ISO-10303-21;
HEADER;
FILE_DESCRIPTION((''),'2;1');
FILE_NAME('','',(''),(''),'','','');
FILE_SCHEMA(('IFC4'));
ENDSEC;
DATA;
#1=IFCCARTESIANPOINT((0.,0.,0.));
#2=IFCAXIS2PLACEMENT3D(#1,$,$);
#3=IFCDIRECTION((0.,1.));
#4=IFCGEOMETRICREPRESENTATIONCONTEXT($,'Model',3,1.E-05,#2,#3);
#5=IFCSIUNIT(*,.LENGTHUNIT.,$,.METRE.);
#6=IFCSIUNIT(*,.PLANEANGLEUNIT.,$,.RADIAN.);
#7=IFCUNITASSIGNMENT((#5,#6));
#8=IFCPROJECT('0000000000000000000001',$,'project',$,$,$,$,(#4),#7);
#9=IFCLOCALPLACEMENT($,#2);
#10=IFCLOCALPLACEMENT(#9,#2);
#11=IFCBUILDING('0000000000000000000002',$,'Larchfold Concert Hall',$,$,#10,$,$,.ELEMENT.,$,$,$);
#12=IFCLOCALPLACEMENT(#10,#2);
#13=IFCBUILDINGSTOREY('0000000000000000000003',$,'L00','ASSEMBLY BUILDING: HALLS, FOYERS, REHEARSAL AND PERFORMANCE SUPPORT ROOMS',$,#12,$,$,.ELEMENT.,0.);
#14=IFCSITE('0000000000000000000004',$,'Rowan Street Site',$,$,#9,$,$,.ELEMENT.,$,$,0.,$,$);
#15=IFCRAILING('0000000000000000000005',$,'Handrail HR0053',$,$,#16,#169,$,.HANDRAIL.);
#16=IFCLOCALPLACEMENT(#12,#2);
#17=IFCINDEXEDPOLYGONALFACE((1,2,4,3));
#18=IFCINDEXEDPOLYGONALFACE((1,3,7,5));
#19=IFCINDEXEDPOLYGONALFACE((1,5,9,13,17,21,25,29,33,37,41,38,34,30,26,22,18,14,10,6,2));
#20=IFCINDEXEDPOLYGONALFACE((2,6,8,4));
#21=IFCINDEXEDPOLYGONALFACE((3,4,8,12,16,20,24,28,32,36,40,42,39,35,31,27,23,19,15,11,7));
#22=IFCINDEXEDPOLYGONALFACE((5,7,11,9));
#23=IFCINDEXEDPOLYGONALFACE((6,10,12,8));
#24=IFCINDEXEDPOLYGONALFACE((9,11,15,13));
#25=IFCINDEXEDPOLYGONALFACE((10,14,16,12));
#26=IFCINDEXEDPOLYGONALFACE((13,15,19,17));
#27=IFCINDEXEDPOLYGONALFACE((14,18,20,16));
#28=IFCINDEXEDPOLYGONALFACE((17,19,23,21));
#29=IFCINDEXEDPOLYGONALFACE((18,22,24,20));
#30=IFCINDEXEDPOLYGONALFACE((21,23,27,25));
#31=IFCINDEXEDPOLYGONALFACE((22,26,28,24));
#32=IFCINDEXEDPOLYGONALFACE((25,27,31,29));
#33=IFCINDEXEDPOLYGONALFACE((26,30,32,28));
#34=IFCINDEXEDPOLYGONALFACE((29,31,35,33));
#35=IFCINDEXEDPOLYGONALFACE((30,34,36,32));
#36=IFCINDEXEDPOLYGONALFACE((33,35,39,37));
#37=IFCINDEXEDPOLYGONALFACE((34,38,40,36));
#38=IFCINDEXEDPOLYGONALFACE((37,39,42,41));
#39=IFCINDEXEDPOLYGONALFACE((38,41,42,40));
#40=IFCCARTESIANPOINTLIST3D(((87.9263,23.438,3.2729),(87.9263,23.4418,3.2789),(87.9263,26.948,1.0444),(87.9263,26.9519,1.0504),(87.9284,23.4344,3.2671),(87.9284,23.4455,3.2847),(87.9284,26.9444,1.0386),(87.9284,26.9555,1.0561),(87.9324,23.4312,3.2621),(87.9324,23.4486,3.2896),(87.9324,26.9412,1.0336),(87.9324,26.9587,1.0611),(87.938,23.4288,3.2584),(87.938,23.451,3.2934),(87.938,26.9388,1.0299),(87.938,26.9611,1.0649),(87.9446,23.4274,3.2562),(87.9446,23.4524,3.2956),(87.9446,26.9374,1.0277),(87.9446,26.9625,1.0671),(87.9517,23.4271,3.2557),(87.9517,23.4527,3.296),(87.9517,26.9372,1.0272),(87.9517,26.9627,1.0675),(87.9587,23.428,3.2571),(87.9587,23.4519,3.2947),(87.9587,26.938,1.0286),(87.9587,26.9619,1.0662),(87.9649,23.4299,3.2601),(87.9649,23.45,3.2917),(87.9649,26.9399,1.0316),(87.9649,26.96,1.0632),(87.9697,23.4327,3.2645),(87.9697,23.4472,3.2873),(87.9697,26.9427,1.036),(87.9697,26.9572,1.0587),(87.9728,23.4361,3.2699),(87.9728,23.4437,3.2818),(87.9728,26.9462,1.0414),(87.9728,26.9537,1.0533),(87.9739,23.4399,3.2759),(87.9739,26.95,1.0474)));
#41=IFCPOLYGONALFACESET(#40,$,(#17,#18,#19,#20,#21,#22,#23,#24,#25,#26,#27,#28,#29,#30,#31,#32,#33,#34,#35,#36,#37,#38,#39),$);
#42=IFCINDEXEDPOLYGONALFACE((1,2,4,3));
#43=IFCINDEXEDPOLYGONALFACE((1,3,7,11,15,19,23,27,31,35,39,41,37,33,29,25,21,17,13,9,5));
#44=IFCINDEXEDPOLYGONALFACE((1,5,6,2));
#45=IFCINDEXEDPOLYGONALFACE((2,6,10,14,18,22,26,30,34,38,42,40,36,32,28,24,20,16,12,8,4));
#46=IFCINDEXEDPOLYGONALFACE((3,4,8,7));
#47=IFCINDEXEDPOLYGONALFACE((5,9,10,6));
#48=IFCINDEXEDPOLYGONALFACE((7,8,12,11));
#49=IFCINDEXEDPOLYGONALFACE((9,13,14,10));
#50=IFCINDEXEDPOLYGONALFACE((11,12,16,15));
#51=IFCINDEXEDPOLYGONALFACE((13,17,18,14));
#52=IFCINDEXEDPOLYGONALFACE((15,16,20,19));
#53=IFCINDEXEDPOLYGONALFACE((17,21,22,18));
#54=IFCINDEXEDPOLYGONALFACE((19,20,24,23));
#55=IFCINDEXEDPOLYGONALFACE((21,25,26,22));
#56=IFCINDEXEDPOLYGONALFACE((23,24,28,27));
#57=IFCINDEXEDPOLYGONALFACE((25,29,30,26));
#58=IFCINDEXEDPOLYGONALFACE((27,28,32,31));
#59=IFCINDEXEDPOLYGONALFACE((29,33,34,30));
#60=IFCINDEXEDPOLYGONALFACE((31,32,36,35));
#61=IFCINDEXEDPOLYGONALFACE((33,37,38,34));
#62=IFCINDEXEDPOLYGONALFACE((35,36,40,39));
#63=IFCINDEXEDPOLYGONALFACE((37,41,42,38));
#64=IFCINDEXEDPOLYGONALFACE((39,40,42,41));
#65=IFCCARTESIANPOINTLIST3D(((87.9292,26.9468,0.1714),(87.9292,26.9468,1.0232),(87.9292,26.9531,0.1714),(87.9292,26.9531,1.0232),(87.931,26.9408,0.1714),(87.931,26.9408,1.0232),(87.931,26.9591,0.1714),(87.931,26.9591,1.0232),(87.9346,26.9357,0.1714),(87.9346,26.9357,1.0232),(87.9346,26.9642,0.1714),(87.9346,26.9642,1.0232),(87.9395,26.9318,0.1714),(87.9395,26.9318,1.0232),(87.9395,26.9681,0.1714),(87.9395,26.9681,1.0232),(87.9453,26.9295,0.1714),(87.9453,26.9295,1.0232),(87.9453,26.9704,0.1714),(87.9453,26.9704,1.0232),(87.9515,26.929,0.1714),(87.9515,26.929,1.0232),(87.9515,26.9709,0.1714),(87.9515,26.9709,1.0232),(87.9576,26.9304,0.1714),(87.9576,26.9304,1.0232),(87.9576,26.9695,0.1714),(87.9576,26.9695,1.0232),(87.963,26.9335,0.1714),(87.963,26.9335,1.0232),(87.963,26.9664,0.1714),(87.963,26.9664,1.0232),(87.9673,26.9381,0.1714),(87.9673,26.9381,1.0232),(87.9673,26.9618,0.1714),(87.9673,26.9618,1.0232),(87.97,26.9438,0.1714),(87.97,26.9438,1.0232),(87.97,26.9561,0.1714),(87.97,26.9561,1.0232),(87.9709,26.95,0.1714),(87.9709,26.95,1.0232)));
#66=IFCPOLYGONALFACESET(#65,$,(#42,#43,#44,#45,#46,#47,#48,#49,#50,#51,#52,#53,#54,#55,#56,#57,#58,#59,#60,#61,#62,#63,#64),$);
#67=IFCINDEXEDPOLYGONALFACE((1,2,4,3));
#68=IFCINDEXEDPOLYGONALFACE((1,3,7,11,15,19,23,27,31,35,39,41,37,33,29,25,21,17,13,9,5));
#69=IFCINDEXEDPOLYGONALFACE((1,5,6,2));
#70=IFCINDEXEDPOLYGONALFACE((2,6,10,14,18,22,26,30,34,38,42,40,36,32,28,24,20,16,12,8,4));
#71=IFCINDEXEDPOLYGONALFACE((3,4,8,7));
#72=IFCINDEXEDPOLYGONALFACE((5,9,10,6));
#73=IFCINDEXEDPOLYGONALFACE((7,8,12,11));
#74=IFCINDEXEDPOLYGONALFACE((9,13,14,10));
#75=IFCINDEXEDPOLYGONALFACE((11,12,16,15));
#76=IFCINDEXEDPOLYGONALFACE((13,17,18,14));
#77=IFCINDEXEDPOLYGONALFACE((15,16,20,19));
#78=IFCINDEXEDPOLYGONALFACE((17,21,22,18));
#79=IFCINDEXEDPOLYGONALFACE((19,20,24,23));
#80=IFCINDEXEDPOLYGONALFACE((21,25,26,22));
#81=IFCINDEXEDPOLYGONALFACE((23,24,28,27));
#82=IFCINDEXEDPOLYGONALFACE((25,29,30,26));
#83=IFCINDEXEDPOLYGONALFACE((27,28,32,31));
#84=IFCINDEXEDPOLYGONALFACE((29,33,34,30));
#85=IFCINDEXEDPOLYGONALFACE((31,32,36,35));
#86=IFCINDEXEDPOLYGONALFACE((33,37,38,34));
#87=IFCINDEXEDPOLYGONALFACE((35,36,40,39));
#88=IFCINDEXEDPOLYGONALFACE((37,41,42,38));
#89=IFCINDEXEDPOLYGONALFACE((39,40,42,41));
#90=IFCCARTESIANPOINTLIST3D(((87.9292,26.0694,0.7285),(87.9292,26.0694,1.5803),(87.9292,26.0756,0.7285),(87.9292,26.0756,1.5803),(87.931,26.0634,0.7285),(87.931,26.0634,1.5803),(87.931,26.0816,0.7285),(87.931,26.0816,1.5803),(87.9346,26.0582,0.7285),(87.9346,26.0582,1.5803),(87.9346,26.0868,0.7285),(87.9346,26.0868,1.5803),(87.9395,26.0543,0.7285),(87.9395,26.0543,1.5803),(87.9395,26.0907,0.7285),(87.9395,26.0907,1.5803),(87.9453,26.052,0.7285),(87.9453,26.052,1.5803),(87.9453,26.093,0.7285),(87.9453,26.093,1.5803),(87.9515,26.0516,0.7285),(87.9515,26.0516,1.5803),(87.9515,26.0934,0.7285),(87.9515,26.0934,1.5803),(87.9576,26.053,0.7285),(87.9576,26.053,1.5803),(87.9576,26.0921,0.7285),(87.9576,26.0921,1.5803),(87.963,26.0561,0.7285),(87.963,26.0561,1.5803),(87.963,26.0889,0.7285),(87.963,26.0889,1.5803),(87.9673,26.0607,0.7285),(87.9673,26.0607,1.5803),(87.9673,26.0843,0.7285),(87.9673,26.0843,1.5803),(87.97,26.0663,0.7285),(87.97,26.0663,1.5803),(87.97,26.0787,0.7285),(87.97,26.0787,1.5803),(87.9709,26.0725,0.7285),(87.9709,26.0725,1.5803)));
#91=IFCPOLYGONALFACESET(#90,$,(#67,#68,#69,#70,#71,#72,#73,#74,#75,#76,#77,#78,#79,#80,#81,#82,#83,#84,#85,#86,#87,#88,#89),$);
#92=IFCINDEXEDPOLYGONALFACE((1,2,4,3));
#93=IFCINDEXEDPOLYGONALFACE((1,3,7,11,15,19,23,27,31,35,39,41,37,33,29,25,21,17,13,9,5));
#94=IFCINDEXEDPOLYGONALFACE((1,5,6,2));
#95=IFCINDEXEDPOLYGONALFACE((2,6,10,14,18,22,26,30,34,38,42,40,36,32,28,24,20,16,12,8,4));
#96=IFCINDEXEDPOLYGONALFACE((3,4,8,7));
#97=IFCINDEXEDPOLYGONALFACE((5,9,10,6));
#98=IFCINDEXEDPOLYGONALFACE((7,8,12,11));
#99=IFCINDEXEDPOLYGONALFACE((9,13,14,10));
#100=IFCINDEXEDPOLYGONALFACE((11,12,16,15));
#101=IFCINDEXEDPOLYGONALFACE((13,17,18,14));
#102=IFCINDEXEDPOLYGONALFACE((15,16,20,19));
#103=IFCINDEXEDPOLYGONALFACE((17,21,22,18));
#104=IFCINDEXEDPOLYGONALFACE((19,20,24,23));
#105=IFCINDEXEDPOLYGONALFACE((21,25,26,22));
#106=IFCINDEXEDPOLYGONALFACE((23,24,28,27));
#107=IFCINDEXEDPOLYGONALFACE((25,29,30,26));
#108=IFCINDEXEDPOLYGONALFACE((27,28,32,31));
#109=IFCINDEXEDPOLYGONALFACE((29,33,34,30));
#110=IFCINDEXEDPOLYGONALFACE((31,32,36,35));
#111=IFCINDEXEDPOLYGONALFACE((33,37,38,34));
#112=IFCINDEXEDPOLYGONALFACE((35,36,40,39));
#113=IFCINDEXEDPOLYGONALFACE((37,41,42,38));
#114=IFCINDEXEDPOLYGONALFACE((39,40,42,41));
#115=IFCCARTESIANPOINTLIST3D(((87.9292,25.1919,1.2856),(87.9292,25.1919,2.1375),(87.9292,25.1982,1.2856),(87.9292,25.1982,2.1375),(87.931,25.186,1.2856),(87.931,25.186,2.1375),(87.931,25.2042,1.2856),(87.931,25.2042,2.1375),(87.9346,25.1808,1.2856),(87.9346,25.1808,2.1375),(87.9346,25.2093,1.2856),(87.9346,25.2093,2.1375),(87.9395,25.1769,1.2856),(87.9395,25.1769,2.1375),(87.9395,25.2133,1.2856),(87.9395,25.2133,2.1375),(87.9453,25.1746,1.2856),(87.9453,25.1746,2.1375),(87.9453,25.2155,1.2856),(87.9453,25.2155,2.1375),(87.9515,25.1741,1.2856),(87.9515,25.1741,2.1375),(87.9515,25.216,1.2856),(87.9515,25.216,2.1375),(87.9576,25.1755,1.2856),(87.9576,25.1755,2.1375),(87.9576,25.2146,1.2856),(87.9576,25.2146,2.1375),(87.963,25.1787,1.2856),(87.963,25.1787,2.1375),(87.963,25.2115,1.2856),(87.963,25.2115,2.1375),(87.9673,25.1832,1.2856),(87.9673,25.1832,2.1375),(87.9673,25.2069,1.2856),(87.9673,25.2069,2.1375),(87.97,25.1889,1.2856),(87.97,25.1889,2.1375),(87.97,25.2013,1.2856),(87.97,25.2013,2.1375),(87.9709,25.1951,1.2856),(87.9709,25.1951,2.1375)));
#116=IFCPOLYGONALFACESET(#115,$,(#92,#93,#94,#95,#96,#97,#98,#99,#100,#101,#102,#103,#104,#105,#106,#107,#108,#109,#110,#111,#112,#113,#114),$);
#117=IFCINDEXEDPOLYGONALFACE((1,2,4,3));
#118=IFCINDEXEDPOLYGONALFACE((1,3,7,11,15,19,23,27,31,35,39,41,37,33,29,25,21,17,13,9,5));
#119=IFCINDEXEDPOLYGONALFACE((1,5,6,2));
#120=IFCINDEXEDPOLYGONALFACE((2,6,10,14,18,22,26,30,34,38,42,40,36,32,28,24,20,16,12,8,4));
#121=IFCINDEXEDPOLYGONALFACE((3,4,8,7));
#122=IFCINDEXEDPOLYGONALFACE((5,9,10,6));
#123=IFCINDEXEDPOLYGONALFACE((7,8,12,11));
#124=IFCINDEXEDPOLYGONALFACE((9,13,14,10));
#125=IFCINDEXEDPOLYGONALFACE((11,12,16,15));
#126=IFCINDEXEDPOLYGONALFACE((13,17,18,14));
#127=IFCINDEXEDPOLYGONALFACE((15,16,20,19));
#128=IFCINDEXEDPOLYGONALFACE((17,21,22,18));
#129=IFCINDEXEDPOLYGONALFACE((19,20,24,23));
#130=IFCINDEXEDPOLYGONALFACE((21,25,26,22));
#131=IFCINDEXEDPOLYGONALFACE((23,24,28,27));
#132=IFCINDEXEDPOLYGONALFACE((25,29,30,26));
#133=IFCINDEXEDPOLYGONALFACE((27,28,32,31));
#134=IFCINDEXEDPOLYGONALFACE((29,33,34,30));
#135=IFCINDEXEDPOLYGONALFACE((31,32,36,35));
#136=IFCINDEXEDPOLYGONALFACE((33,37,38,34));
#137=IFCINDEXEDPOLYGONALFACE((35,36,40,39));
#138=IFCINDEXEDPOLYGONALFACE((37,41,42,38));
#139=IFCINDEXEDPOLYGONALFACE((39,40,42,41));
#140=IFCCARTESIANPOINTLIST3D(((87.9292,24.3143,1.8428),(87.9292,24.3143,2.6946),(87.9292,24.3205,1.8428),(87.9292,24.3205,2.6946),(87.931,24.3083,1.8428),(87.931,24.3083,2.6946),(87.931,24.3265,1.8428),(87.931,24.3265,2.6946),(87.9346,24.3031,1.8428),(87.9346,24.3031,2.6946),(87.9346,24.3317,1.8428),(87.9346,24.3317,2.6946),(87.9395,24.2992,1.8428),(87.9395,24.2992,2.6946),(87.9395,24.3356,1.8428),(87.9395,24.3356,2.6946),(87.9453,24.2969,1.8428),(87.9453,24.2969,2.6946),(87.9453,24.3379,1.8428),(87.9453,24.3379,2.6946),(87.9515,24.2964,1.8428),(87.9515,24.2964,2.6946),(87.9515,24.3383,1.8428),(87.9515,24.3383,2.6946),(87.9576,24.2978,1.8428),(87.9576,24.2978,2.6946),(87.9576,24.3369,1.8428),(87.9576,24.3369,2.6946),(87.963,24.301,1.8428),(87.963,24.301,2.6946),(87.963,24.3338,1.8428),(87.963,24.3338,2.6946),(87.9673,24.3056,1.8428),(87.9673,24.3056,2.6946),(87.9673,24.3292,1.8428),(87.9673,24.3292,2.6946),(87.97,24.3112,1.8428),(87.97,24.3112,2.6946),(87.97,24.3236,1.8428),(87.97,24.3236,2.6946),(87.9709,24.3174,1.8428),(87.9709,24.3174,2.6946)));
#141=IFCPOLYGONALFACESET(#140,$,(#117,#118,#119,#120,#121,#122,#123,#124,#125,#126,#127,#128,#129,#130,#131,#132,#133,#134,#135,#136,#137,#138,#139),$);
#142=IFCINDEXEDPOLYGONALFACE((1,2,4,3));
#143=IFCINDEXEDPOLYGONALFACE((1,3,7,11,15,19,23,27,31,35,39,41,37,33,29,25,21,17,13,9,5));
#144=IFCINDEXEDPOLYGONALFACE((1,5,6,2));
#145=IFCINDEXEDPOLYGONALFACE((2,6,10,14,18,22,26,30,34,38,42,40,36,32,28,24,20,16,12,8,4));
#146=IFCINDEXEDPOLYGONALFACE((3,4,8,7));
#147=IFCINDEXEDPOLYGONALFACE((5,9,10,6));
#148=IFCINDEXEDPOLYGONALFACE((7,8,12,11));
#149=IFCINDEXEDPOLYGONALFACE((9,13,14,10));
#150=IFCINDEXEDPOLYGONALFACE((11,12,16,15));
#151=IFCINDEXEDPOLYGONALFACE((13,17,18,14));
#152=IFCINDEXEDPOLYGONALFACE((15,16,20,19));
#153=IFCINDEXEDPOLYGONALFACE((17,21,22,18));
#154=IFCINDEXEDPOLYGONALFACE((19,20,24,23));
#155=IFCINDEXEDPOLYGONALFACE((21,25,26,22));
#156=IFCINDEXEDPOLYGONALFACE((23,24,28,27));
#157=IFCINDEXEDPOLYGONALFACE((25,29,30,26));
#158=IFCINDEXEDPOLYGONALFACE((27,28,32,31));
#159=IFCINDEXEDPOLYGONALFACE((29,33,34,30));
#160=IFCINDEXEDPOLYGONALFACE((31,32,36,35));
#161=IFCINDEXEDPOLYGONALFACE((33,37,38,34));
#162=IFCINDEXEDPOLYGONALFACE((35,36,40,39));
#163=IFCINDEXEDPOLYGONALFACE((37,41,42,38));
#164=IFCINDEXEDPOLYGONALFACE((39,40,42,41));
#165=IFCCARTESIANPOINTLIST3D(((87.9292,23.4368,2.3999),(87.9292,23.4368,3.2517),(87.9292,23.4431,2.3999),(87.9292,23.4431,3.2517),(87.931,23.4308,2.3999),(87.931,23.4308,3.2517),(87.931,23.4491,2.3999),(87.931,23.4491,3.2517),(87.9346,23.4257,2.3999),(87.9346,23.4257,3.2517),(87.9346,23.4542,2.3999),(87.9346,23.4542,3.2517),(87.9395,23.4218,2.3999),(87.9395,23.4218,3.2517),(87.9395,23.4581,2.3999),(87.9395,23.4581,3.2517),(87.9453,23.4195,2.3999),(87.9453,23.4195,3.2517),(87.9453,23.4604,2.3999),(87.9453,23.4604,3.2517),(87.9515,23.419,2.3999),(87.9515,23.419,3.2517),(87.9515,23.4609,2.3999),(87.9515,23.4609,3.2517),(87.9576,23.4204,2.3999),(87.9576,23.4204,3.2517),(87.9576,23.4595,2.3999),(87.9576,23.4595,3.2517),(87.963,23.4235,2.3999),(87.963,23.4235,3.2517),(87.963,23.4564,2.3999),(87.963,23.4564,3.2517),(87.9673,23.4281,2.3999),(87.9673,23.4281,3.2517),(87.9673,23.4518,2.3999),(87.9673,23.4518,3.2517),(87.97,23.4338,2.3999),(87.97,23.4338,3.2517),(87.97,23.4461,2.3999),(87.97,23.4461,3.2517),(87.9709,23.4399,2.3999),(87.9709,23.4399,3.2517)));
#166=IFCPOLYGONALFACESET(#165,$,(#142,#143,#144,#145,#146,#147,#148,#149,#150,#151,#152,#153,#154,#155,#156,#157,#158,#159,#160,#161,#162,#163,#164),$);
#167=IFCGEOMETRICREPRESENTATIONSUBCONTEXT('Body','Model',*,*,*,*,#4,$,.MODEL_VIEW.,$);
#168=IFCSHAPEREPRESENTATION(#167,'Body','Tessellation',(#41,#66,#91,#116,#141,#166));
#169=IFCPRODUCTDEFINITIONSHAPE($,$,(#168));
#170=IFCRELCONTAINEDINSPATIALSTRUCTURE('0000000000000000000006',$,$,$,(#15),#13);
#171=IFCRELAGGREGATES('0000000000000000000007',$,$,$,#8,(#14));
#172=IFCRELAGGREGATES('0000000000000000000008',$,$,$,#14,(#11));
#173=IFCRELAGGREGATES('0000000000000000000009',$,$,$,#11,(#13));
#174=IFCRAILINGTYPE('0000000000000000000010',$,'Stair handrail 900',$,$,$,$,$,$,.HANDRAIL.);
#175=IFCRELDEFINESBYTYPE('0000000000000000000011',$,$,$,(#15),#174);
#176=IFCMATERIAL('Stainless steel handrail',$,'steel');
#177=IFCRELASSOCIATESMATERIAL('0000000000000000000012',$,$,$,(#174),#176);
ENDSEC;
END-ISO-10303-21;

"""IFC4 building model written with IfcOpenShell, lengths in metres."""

from ifc_helpers import new_model, si_unit, direction, frame, origin, origin_2d, place, context, subcontext, project, spatial, circle, extrude, material, type_object, element, save


model = new_model("IFC4")

# Units and contexts
model_context = context("Model", 3, precision=1e-05, world=origin(), true_north=direction((0.0, 1.0)))
body_context = subcontext(model_context, "Body", "Model", "MODEL_VIEW")
ifc_project = project(units=[si_unit("LENGTHUNIT", "METRE"), si_unit("PLANEANGLEUNIT", "RADIAN")], contexts=[model_context])

# Site, building, storey
site_placement = place(None, origin())
site = spatial("IfcSite", under=ifc_project, at=site_placement, Name="Rowan Street Site", CompositionType="ELEMENT", RefElevation=0.0)
building_placement = place(site_placement, origin())
building = spatial("IfcBuilding", under=site, at=building_placement, Name="Larchfold Concert Hall", CompositionType="ELEMENT")
storey_placement = place(building_placement, origin())
storey = spatial("IfcBuildingStorey", under=building, at=storey_placement, Name="L00", Description="ASSEMBLY BUILDING: HALLS, FOYERS, REHEARSAL AND PERFORMANCE SUPPORT ROOMS", CompositionType="ELEMENT", Elevation=0.0)

# Railing
ifc_material_1 = material(Name="Stainless steel handrail", Category="steel")
railing_type_1 = type_object("IfcRailingType", Name="Stair handrail 900", PredefinedType="HANDRAIL", material=ifc_material_1)
railing_1_placement = place(storey_placement, frame((87.95, 26.95, 0.1714)))
element("IfcRailing", 1, at=railing_1_placement, inside=storey, type_object=railing_type_1, Name="Handrail HR0053", PredefinedType="HANDRAIL", context=body_context, shape_type="SweptSolid", body=[
    extrude(circle(Radius=0.0239, at=origin_2d()), frame((0.0, 0.0, 0.876), z_axis=(0.0, -0.84422, 0.535998), x_axis=(1.0, 0.0, 0.0)), (0.0, 0.0, 1.0), 4.1577),
    extrude(circle(Radius=0.021, at=origin_2d()), origin(), (0.0, 0.0, 1.0), 0.8518),
    extrude(circle(Radius=0.021, at=origin_2d()), frame((0.0, -0.8774, 0.5571)), (0.0, 0.0, 1.0), 0.8518),
    extrude(circle(Radius=0.021, at=origin_2d()), frame((0.0, -1.7549, 1.1143)), (0.0, 0.0, 1.0), 0.8518),
    extrude(circle(Radius=0.021, at=origin_2d()), frame((0.0, -2.6326, 1.6714)), (0.0, 0.0, 1.0), 0.8518),
    extrude(circle(Radius=0.021, at=origin_2d()), frame((0.0, -3.51, 2.2285)), (0.0, 0.0, 1.0), 0.8518),
])

save(model, "model.ifc")
